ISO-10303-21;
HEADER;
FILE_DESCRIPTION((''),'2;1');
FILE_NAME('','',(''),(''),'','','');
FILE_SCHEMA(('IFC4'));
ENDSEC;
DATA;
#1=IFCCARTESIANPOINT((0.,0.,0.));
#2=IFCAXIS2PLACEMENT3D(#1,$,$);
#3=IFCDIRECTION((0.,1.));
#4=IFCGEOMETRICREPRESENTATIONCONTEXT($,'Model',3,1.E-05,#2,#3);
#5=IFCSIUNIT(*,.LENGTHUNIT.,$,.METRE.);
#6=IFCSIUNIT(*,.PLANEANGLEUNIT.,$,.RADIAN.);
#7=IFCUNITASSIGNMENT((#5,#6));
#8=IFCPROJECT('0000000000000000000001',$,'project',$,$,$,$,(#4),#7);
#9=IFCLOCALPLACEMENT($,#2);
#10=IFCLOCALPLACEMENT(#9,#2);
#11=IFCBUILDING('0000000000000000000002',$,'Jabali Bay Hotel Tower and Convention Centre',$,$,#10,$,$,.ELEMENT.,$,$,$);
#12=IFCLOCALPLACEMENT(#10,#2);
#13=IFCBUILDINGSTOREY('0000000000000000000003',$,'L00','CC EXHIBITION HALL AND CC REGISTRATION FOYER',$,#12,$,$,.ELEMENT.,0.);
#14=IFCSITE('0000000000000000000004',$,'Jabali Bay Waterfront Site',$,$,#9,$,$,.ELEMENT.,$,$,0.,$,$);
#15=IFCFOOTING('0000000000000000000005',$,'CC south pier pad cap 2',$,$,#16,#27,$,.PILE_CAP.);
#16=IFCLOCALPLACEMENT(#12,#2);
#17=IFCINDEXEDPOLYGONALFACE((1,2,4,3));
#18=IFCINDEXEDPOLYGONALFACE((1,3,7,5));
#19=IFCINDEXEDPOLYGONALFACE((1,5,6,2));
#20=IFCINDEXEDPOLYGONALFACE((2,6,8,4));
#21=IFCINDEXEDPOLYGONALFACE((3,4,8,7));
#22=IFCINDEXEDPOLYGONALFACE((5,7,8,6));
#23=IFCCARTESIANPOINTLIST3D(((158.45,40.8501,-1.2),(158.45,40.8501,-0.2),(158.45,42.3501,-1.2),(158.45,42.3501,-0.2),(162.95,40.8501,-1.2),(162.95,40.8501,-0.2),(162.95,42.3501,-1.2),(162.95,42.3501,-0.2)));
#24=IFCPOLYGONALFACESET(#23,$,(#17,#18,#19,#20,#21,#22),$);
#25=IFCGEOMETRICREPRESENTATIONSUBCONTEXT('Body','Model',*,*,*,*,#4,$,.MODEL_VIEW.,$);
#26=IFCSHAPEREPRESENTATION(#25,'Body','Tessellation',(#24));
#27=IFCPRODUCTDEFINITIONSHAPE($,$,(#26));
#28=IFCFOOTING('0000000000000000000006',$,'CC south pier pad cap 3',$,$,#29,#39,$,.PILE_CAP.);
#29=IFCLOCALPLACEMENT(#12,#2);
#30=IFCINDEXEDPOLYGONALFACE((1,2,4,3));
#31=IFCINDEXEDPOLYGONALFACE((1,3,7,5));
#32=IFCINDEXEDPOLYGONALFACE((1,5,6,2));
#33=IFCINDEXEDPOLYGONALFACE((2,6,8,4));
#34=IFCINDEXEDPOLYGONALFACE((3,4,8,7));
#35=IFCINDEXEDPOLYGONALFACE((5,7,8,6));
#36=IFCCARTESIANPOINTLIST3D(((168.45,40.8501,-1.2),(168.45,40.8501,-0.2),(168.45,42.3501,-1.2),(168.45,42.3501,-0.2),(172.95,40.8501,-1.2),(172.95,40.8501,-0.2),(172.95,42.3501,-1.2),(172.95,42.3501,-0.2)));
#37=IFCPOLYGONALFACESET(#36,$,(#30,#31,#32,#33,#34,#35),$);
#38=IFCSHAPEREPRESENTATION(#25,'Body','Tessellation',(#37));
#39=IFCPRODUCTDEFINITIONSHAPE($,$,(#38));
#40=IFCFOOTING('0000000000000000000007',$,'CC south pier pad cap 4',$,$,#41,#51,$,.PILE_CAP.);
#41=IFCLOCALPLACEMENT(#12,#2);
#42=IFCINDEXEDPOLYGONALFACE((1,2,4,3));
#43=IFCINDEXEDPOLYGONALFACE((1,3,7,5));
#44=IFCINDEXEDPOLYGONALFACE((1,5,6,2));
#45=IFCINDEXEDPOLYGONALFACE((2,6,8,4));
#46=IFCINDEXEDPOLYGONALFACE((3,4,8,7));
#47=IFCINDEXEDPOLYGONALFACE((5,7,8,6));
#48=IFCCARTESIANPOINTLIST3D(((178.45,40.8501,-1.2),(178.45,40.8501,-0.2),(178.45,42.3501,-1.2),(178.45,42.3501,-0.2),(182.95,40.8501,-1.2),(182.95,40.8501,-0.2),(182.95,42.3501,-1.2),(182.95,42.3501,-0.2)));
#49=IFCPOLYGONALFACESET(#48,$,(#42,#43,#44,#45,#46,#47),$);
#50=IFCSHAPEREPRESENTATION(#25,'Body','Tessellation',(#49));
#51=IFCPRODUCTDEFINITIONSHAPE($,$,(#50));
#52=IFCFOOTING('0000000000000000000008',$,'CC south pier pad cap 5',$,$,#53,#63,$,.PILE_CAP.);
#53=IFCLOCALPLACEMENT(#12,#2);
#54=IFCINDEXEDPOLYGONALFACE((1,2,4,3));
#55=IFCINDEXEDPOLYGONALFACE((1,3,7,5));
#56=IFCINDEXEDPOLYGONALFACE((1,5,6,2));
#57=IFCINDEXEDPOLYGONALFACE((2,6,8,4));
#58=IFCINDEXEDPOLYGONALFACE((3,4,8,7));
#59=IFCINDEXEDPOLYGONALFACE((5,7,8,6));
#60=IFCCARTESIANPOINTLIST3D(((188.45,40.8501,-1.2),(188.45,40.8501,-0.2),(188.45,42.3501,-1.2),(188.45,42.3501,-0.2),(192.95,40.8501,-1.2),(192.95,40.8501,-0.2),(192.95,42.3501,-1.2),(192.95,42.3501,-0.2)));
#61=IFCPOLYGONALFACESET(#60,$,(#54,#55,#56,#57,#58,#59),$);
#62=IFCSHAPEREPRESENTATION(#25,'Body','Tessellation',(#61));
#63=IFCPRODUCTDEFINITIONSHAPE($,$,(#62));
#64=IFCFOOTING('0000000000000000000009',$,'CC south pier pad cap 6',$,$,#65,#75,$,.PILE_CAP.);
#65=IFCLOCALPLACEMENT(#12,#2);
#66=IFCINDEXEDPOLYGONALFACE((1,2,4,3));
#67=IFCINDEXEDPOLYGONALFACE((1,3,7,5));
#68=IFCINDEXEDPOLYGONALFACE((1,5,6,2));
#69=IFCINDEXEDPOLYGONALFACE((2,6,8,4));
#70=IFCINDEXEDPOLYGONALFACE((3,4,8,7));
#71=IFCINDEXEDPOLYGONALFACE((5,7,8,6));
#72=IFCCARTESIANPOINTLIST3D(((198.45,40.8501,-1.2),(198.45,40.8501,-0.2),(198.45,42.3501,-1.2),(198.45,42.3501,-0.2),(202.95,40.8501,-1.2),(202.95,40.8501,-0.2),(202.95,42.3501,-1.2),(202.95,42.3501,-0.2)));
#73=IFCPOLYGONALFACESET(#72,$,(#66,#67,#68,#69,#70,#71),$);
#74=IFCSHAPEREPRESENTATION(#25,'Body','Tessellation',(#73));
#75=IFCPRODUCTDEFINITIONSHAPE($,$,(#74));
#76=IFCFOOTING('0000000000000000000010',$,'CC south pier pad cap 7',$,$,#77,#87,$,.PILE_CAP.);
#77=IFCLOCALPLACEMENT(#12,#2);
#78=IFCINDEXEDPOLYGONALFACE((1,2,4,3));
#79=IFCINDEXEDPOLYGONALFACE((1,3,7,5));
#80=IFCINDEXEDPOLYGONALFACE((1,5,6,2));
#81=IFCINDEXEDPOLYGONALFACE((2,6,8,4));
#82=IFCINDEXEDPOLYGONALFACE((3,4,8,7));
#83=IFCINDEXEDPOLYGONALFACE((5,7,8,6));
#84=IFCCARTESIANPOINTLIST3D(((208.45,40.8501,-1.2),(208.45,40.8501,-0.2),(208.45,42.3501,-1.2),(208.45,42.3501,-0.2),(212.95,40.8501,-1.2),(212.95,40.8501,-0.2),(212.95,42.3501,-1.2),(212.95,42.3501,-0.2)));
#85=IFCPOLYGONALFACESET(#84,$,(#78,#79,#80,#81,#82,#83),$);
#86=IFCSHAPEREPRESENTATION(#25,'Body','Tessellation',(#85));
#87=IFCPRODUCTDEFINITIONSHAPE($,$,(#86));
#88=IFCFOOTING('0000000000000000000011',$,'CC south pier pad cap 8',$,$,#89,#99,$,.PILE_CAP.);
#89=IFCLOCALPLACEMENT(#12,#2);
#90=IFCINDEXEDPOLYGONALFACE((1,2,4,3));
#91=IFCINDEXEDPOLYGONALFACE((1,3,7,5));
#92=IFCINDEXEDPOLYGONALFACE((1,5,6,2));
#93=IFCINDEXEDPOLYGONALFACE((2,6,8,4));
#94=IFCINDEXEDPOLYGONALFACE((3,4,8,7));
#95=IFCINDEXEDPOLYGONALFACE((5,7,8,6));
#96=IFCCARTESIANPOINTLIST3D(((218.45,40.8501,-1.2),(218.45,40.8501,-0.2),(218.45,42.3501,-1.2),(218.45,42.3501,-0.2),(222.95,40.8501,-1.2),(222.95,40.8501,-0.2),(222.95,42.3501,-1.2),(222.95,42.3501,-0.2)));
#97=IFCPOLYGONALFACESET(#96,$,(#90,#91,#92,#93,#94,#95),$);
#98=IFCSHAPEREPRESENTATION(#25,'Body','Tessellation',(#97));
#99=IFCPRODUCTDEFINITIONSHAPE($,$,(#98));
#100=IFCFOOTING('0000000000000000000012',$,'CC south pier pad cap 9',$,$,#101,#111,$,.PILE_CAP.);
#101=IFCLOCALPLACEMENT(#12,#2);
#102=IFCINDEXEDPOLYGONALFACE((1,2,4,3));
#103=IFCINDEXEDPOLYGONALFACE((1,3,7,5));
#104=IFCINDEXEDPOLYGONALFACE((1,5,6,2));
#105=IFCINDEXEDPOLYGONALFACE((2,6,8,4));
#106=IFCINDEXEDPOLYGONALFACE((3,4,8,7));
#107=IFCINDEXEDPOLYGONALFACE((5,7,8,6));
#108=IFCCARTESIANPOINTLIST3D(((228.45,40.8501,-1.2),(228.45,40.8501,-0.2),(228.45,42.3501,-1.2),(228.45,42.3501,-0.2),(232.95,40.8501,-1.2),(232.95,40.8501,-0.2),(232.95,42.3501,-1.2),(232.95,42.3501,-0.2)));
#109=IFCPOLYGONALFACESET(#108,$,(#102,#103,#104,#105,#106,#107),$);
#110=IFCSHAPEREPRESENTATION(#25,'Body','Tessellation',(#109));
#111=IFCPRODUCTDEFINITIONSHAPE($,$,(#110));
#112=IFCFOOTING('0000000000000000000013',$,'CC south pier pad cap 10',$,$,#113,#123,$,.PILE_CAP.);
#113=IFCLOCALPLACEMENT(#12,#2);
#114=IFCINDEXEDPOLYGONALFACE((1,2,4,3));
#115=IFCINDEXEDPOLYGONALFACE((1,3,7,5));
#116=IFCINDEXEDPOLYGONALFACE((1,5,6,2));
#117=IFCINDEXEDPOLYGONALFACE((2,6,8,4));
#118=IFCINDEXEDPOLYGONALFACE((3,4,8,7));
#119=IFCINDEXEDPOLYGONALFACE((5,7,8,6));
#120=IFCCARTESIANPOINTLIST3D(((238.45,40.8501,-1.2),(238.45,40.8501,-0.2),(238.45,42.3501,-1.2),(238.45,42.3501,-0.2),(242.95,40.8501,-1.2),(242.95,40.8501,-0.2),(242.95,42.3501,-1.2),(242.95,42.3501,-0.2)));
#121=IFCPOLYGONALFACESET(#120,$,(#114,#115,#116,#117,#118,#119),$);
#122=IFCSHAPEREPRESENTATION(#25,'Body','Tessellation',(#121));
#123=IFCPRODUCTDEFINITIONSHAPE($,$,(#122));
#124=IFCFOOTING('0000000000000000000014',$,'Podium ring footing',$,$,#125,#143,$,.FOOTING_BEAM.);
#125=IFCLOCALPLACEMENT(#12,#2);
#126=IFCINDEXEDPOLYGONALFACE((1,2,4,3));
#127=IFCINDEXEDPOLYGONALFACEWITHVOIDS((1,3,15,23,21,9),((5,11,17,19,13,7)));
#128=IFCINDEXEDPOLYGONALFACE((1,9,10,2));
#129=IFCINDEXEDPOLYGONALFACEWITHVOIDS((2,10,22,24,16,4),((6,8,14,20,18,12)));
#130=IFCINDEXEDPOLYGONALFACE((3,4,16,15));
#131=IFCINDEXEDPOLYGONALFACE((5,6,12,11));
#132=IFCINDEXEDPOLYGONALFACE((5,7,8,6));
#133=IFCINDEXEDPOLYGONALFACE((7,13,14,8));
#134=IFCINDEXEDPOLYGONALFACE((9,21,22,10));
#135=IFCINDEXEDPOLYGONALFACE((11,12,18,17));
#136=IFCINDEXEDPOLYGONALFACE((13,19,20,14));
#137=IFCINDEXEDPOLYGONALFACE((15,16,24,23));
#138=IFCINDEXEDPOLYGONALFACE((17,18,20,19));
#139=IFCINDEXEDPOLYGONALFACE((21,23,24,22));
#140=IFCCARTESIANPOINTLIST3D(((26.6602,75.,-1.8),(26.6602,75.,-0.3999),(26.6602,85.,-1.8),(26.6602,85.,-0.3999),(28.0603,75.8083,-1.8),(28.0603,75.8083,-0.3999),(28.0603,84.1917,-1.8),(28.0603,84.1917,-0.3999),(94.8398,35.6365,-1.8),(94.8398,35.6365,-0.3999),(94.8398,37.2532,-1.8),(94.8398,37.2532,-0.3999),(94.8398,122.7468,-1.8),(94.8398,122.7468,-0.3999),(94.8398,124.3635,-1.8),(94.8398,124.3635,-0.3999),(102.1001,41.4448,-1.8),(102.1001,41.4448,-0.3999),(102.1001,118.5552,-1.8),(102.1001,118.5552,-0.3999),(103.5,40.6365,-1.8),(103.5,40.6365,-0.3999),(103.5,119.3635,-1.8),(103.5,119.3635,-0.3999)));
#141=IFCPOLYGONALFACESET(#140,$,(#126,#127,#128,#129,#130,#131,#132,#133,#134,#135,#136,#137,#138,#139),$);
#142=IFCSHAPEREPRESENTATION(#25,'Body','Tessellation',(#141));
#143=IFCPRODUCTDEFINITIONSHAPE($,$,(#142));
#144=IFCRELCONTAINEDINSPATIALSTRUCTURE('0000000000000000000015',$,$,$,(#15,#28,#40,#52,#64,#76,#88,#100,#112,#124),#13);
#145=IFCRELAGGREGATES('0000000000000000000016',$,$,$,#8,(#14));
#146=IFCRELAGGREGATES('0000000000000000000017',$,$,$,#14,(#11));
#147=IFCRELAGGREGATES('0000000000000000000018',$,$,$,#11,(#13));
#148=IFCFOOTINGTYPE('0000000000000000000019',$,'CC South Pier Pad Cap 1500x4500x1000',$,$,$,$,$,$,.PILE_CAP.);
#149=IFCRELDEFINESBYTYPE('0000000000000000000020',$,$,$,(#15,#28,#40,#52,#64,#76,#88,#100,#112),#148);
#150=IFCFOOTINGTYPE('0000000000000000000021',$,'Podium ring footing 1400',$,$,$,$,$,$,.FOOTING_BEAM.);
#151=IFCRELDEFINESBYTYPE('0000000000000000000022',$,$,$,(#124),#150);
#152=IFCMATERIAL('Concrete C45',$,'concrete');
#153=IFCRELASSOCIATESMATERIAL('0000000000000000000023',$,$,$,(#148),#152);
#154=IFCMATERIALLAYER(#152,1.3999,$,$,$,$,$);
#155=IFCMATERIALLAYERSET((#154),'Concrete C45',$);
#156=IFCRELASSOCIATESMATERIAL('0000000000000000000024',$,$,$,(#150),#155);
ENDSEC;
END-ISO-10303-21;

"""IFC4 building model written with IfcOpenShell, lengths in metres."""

from ifc_helpers import new_model, si_unit, direction, frame, origin, place, context, subcontext, project, spatial, polyline, outline, extrude, material, layer, layer_set, type_object, element, save


model = new_model("IFC4")

# Units and contexts
model_context = context("Model", 3, precision=1e-05, world=origin(), true_north=direction((0.0, 1.0)))
body_context = subcontext(model_context, "Body", "Model", "MODEL_VIEW")
ifc_project = project(units=[si_unit("LENGTHUNIT", "METRE"), si_unit("PLANEANGLEUNIT", "RADIAN")], contexts=[model_context])

# Site, building, storey
site_placement = place(None, origin())
site = spatial("IfcSite", under=ifc_project, at=site_placement, Name="Jabali Bay Waterfront Site", CompositionType="ELEMENT", RefElevation=0.0)
building_placement = place(site_placement, origin())
building = spatial("IfcBuilding", under=site, at=building_placement, Name="Jabali Bay Hotel Tower and Convention Centre", CompositionType="ELEMENT")
storey_placement = place(building_placement, origin())
storey = spatial("IfcBuildingStorey", under=building, at=storey_placement, Name="L00", Description="CC EXHIBITION HALL AND CC REGISTRATION FOYER", CompositionType="ELEMENT", Elevation=0.0)

# Footings
ifc_material = material(Name="Concrete C45", Category="concrete")
footing_type_1 = type_object("IfcFootingType", Name="CC South Pier Pad Cap 1500x4500x1000", PredefinedType="PILE_CAP", material=ifc_material)
footing_1_placement = place(storey_placement, frame((0.0, 0.0, -1.2)))
element("IfcFooting", 1, at=footing_1_placement, inside=storey, type_object=footing_type_1, Name="CC south pier pad cap 2", PredefinedType="PILE_CAP", context=body_context, shape_type="SweptSolid", body=[
    extrude(outline(polyline([(158.45, 40.8501), (162.95, 40.8501), (162.95, 42.3501), (158.45, 42.3501), (158.45, 40.8501)])), origin(), (0.0, 0.0, 1.0), 1.0),
])
footing_2_placement = place(storey_placement, frame((0.0, 0.0, -1.2)))
element("IfcFooting", 2, at=footing_2_placement, inside=storey, type_object=footing_type_1, Name="CC south pier pad cap 3", PredefinedType="PILE_CAP", context=body_context, shape_type="SweptSolid", body=[
    extrude(outline(polyline([(168.45, 40.8501), (172.95, 40.8501), (172.95, 42.3501), (168.45, 42.3501), (168.45, 40.8501)])), origin(), (0.0, 0.0, 1.0), 1.0),
])
footing_3_placement = place(storey_placement, frame((0.0, 0.0, -1.2)))
element("IfcFooting", 3, at=footing_3_placement, inside=storey, type_object=footing_type_1, Name="CC south pier pad cap 4", PredefinedType="PILE_CAP", context=body_context, shape_type="SweptSolid", body=[
    extrude(outline(polyline([(178.45, 40.8501), (182.95, 40.8501), (182.95, 42.3501), (178.45, 42.3501), (178.45, 40.8501)])), origin(), (0.0, 0.0, 1.0), 1.0),
])
footing_4_placement = place(storey_placement, frame((0.0, 0.0, -1.2)))
element("IfcFooting", 4, at=footing_4_placement, inside=storey, type_object=footing_type_1, Name="CC south pier pad cap 5", PredefinedType="PILE_CAP", context=body_context, shape_type="SweptSolid", body=[
    extrude(outline(polyline([(188.45, 40.8501), (192.95, 40.8501), (192.95, 42.3501), (188.45, 42.3501), (188.45, 40.8501)])), origin(), (0.0, 0.0, 1.0), 1.0),
])
footing_5_placement = place(storey_placement, frame((0.0, 0.0, -1.2)))
element("IfcFooting", 5, at=footing_5_placement, inside=storey, type_object=footing_type_1, Name="CC south pier pad cap 6", PredefinedType="PILE_CAP", context=body_context, shape_type="SweptSolid", body=[
    extrude(outline(polyline([(198.45, 40.8501), (202.95, 40.8501), (202.95, 42.3501), (198.45, 42.3501), (198.45, 40.8501)])), origin(), (0.0, 0.0, 1.0), 1.0),
])
footing_6_placement = place(storey_placement, frame((0.0, 0.0, -1.2)))
element("IfcFooting", 6, at=footing_6_placement, inside=storey, type_object=footing_type_1, Name="CC south pier pad cap 7", PredefinedType="PILE_CAP", context=body_context, shape_type="SweptSolid", body=[
    extrude(outline(polyline([(208.45, 40.8501), (212.95, 40.8501), (212.95, 42.3501), (208.45, 42.3501), (208.45, 40.8501)])), origin(), (0.0, 0.0, 1.0), 1.0),
])
footing_7_placement = place(storey_placement, frame((0.0, 0.0, -1.2)))
element("IfcFooting", 7, at=footing_7_placement, inside=storey, type_object=footing_type_1, Name="CC south pier pad cap 8", PredefinedType="PILE_CAP", context=body_context, shape_type="SweptSolid", body=[
    extrude(outline(polyline([(218.45, 40.8501), (222.95, 40.8501), (222.95, 42.3501), (218.45, 42.3501), (218.45, 40.8501)])), origin(), (0.0, 0.0, 1.0), 1.0),
])
footing_8_placement = place(storey_placement, frame((0.0, 0.0, -1.2)))
element("IfcFooting", 8, at=footing_8_placement, inside=storey, type_object=footing_type_1, Name="CC south pier pad cap 9", PredefinedType="PILE_CAP", context=body_context, shape_type="SweptSolid", body=[
    extrude(outline(polyline([(228.45, 40.8501), (232.95, 40.8501), (232.95, 42.3501), (228.45, 42.3501), (228.45, 40.8501)])), origin(), (0.0, 0.0, 1.0), 1.0),
])
footing_9_placement = place(storey_placement, frame((0.0, 0.0, -1.2)))
element("IfcFooting", 9, at=footing_9_placement, inside=storey, type_object=footing_type_1, Name="CC south pier pad cap 10", PredefinedType="PILE_CAP", context=body_context, shape_type="SweptSolid", body=[
    extrude(outline(polyline([(238.45, 40.8501), (242.95, 40.8501), (242.95, 42.3501), (238.45, 42.3501), (238.45, 40.8501)])), origin(), (0.0, 0.0, 1.0), 1.0),
])
ifc_layer_1 = layer(ifc_material, 1.3999)
ifc_layer_set_1 = layer_set([ifc_layer_1], Name="Concrete C45")
footing_type_2 = type_object("IfcFootingType", Name="Podium ring footing 1400", PredefinedType="FOOTING_BEAM", material=ifc_layer_set_1)
footing_10_placement = place(storey_placement, frame((0.0, 0.0, -1.8)))
element("IfcFooting", 10, at=footing_10_placement, inside=storey, type_object=footing_type_2, Name="Podium ring footing", PredefinedType="FOOTING_BEAM", context=body_context, shape_type="SweptSolid", body=[
    extrude(outline(polyline([(94.8398, 35.6365), (26.6602, 75.0), (26.6602, 85.0), (94.8398, 124.3635), (103.5, 119.3635), (103.5, 40.6365), (94.8398, 35.6365)]), holes=[polyline([(102.1001, 118.5552), (94.8398, 122.7468), (28.0603, 84.1917), (28.0603, 75.8083), (94.8398, 37.2532), (102.1001, 41.4448), (102.1001, 118.5552)])]), origin(), (0.0, 0.0, 1.0), 1.4001),
])

save(model, "model.ifc")
